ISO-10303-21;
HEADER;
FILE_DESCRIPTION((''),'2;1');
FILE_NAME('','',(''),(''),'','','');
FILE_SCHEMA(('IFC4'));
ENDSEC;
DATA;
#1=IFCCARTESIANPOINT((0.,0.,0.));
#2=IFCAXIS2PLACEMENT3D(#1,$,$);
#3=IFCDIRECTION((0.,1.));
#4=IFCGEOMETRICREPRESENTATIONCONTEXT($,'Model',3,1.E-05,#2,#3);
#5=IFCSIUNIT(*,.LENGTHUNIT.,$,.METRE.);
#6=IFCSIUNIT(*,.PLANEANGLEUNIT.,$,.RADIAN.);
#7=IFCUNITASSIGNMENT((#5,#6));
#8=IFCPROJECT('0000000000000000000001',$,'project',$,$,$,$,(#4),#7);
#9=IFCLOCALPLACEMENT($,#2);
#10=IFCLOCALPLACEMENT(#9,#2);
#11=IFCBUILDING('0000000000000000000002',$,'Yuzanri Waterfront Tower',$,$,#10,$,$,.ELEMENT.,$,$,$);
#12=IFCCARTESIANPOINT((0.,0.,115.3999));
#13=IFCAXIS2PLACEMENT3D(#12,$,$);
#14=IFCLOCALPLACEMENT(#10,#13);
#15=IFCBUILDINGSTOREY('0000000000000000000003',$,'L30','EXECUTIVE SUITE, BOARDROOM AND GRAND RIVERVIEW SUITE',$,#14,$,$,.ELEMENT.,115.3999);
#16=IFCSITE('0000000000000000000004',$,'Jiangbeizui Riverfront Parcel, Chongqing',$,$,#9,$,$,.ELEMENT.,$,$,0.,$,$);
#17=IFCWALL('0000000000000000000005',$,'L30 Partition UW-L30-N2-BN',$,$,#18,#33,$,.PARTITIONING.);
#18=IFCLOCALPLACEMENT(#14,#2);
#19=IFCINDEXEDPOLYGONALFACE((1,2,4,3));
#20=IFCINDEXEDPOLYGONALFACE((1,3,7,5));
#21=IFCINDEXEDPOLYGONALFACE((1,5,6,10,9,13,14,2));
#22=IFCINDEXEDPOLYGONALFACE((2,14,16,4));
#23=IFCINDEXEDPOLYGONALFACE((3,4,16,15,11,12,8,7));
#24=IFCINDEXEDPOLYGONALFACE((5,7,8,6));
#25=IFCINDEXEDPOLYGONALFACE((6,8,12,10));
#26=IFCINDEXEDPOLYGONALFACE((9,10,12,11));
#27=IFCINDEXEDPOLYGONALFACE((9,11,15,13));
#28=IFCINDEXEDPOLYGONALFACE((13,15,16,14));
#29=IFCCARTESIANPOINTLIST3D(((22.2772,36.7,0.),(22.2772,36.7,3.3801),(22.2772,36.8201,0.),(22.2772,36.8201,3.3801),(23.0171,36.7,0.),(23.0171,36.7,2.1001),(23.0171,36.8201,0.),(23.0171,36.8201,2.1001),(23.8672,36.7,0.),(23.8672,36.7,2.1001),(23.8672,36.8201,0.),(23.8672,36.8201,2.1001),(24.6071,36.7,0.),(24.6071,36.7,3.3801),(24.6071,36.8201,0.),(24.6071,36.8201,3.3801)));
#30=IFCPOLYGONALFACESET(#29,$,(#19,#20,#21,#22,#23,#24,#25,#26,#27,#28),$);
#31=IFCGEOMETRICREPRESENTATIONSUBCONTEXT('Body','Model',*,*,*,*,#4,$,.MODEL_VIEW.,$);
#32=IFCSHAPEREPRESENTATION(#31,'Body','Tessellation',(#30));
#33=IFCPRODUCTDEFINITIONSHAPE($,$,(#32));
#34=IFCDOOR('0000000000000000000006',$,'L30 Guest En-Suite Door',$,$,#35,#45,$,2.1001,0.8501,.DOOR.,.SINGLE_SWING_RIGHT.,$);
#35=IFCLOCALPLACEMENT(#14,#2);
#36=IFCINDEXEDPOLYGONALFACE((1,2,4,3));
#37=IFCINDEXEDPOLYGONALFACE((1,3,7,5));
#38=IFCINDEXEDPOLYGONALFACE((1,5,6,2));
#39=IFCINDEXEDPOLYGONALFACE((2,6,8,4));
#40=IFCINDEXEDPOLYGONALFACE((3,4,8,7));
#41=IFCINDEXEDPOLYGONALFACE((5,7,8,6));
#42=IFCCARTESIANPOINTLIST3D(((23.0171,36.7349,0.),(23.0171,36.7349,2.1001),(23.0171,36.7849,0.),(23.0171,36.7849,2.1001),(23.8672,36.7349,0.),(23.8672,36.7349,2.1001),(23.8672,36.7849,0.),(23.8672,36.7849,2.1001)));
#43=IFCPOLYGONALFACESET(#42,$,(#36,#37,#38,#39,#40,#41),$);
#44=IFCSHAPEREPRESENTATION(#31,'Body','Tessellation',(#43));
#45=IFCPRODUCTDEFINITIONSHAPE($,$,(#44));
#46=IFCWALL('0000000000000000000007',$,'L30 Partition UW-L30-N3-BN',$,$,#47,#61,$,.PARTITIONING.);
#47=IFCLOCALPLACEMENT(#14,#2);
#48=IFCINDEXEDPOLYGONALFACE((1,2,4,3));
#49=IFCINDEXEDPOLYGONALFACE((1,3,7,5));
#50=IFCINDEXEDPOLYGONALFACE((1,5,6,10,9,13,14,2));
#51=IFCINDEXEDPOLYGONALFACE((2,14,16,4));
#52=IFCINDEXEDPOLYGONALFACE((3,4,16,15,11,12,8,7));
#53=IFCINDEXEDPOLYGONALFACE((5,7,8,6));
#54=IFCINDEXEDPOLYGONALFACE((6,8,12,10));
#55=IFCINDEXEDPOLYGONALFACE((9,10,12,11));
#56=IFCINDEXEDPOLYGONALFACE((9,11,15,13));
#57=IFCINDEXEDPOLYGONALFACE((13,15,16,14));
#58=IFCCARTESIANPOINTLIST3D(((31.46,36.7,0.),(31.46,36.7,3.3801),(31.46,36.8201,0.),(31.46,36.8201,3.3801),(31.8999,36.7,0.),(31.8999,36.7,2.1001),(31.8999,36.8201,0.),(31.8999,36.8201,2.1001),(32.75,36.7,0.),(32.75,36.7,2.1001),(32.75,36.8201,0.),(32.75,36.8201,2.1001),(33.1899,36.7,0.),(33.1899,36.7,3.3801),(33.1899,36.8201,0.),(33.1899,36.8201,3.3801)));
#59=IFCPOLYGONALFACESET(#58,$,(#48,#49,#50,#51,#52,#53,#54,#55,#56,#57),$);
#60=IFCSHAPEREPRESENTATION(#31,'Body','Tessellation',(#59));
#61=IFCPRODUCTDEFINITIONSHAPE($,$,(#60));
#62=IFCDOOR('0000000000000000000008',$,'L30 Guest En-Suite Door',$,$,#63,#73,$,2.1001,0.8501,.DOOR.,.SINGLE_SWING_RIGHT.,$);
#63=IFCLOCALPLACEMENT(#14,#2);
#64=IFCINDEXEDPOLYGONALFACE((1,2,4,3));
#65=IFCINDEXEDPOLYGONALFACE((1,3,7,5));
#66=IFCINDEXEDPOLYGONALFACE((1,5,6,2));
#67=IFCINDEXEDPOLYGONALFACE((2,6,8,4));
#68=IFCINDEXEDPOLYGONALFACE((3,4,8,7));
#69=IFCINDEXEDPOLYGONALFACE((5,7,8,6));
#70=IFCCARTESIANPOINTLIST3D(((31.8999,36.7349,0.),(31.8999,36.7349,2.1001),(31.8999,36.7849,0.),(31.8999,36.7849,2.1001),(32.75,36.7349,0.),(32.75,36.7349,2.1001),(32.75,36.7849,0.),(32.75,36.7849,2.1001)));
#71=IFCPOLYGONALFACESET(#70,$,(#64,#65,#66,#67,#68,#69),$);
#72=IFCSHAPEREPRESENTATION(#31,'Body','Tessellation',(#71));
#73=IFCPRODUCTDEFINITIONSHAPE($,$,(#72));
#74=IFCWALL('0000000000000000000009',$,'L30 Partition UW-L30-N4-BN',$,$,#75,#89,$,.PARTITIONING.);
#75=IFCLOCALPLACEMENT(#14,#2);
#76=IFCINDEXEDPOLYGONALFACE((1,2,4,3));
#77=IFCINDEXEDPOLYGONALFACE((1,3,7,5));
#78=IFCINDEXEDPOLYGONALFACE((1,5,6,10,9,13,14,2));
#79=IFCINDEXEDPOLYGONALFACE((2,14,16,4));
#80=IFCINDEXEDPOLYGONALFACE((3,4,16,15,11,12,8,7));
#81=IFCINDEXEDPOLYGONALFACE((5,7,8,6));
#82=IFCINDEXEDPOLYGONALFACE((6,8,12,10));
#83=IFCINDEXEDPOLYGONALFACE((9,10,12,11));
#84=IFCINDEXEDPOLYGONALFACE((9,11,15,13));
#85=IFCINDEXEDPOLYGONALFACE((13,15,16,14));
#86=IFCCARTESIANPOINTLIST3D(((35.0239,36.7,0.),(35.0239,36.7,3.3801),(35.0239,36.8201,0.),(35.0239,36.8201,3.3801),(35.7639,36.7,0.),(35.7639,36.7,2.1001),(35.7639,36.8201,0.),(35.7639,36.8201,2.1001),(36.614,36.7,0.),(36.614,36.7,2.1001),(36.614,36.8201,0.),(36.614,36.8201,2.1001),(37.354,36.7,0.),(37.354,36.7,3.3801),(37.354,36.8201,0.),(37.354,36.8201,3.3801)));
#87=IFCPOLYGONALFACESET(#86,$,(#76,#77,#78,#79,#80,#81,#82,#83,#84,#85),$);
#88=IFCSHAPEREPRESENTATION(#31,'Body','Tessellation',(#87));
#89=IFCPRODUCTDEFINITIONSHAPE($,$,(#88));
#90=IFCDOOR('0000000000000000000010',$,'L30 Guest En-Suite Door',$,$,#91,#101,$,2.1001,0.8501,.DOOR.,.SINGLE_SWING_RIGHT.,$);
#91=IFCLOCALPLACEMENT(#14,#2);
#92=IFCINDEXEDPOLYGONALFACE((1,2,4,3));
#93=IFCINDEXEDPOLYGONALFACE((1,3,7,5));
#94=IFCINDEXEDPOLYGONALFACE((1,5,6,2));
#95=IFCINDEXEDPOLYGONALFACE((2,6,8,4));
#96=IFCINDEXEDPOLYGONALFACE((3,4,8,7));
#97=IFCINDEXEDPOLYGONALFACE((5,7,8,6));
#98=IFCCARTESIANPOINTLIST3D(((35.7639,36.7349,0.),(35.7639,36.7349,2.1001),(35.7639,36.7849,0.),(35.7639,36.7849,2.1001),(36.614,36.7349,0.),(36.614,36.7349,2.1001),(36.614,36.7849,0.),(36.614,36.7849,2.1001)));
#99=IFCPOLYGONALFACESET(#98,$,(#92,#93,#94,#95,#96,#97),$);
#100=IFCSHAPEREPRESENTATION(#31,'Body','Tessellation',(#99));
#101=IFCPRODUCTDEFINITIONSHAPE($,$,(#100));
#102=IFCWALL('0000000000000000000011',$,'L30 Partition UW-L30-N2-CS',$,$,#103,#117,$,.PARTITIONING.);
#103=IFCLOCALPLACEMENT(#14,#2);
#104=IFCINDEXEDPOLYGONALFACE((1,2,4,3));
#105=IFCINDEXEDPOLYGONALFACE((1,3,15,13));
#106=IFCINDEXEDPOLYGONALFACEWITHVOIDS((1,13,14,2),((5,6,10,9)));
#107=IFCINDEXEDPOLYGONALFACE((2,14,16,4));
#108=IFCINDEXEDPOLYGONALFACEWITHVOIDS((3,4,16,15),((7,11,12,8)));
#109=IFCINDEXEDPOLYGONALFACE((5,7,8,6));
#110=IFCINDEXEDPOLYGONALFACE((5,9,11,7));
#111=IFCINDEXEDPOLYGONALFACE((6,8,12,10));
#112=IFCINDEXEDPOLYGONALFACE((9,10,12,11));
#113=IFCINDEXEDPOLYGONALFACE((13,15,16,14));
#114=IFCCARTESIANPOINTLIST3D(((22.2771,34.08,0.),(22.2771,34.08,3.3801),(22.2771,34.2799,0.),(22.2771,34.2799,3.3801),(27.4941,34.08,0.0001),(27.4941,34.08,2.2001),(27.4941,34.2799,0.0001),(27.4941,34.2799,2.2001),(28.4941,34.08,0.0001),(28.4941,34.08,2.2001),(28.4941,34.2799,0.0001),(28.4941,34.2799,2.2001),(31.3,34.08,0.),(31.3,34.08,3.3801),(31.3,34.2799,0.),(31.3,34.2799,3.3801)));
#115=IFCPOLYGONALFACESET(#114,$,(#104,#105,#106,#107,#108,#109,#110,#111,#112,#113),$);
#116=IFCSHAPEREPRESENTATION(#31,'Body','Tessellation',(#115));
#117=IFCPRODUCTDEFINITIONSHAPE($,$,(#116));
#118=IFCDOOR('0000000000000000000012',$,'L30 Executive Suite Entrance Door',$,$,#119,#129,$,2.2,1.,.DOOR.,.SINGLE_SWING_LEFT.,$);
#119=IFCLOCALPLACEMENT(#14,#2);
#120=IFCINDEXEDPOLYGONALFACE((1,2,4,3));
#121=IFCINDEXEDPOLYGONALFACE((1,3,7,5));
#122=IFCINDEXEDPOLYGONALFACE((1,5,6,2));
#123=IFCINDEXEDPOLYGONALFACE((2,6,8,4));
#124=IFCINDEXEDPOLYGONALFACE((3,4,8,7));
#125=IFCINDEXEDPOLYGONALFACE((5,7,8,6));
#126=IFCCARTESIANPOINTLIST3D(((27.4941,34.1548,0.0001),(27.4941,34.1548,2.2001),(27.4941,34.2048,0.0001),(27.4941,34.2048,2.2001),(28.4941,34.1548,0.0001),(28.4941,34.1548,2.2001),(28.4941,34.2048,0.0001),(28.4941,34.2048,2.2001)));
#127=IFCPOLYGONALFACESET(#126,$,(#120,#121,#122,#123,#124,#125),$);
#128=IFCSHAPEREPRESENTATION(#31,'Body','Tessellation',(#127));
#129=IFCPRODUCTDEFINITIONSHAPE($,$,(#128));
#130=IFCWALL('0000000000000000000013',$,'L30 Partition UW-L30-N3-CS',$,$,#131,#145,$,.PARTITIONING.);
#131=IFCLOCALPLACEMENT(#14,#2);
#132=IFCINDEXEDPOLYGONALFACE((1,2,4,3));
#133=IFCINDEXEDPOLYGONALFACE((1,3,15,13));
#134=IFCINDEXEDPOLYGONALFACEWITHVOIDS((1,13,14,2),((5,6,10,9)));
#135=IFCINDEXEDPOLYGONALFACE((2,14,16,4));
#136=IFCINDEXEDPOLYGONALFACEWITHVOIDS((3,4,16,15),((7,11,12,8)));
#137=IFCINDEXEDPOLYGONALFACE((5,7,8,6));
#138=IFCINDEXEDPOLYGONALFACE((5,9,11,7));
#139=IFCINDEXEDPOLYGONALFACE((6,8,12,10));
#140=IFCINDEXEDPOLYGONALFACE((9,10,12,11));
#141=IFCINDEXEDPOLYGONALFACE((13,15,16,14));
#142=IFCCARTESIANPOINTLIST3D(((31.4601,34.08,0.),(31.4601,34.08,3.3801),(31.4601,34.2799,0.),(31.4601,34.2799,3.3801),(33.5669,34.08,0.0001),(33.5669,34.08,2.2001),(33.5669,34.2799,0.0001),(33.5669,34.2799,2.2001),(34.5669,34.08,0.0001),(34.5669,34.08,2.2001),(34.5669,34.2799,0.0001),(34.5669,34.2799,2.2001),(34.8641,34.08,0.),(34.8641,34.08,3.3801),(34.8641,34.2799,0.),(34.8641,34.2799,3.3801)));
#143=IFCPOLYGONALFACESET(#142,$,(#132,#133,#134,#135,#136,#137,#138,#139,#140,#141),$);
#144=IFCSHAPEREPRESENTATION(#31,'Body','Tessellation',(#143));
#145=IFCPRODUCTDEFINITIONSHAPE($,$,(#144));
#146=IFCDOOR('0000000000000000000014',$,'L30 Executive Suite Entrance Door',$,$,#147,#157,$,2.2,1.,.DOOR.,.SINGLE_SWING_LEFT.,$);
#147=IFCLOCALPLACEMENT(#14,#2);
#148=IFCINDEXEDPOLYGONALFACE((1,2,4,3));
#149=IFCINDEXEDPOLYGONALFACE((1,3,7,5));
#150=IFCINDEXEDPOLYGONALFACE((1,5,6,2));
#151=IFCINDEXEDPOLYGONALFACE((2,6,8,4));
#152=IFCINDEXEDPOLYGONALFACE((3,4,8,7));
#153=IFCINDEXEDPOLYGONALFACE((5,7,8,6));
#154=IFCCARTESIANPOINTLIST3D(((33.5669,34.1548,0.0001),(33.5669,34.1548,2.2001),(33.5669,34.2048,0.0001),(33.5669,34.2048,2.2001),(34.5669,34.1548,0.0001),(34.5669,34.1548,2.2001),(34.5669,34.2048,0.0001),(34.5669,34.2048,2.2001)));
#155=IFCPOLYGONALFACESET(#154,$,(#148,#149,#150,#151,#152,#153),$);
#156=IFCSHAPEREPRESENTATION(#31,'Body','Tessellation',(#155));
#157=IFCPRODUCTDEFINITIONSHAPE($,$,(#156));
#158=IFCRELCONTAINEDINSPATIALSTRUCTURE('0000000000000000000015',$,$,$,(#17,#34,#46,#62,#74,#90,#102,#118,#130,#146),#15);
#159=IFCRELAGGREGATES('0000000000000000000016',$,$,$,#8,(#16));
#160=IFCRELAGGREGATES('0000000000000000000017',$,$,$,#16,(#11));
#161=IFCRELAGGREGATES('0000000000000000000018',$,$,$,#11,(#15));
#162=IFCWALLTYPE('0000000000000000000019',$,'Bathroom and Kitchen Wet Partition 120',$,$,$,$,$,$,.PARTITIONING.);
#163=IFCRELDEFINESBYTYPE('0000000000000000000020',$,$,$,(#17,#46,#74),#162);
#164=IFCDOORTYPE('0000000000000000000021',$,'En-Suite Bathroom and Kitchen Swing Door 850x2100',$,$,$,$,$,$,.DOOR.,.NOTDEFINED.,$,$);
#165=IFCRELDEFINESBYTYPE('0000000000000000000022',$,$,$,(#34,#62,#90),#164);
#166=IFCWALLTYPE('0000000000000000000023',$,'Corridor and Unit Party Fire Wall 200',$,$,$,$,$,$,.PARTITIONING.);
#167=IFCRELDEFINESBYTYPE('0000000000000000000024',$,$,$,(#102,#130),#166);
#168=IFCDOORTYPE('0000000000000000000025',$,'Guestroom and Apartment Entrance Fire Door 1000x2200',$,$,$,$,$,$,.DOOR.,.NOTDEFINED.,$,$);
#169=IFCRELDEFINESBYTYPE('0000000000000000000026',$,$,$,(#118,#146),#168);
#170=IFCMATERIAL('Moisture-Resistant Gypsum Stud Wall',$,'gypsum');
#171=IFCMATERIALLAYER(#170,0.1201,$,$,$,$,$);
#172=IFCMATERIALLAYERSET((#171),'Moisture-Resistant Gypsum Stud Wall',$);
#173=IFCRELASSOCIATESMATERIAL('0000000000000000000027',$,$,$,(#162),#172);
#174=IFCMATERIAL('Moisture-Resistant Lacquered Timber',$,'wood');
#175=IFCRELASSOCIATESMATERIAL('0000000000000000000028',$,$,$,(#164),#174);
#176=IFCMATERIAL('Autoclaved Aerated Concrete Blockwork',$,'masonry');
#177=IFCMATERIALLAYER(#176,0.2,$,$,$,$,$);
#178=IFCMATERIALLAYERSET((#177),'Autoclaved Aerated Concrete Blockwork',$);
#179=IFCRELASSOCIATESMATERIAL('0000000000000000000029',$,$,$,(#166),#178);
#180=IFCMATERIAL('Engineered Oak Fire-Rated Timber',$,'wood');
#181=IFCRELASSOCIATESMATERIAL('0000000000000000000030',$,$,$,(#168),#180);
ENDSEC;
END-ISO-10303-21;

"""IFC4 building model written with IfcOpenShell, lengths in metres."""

from ifc_helpers import new_model, si_unit, direction, frame, frame_2d, origin, place, context, subcontext, project, spatial, rectangle, extrude, source, transform, mapped, material, layer, layer_set, type_object, element, fill, save


model = new_model("IFC4")

# Units and contexts
model_context = context("Model", 3, precision=1e-05, world=origin(), true_north=direction((0.0, 1.0)))
body_context = subcontext(model_context, "Body", "Model", "MODEL_VIEW")
ifc_project = project(units=[si_unit("LENGTHUNIT", "METRE"), si_unit("PLANEANGLEUNIT", "RADIAN")], contexts=[model_context])

# Site, building, storey
site_placement = place(None, origin())
site = spatial("IfcSite", under=ifc_project, at=site_placement, Name="Jiangbeizui Riverfront Parcel, Chongqing", CompositionType="ELEMENT", RefElevation=0.0)
building_placement = place(site_placement, origin())
building = spatial("IfcBuilding", under=site, at=building_placement, Name="Yuzanri Waterfront Tower", CompositionType="ELEMENT")
storey_placement = place(building_placement, frame((0.0, 0.0, 115.3999)))
storey = spatial("IfcBuildingStorey", under=building, at=storey_placement, Name="L30", Description="EXECUTIVE SUITE, BOARDROOM AND GRAND RIVERVIEW SUITE", CompositionType="ELEMENT", Elevation=115.3999)

# Walls, openings, doors
ifc_material_1 = material(Name="Moisture-Resistant Gypsum Stud Wall", Category="gypsum")
ifc_layer_1 = layer(ifc_material_1, 0.1201)
ifc_layer_set_1 = layer_set([ifc_layer_1], Name="Moisture-Resistant Gypsum Stud Wall")
wall_type_1 = type_object("IfcWallType", Name="Bathroom and Kitchen Wet Partition 120", PredefinedType="PARTITIONING", material=ifc_layer_set_1)
wall_1_placement = place(storey_placement, frame((22.2771, 36.76, 0.0), z_axis=(0.0, 0.0, 1.0), x_axis=(1.0, 0.0, 0.0)))
wall_1 = element("IfcWall", 1, at=wall_1_placement, inside=storey, type_object=wall_type_1, Name="L30 Partition UW-L30-N2-BN", PredefinedType="PARTITIONING", context=body_context, shape_type="SweptSolid", body=[
    extrude(rectangle(XDim=2.3298, YDim=0.1201, at=frame_2d((1.165, 0.0))), origin(), (0.0, 0.0, 1.0), 3.3801),
])
opening_1_placement = place(wall_1_placement, frame((0.74, 0.0, 0.0)))
opening_1 = element("IfcOpeningElement", 2, at=opening_1_placement, cuts=wall_1, PredefinedType="OPENING", context=body_context, shape_type="SweptSolid", body=[
    extrude(rectangle(XDim=0.8501, YDim=2.1001, at=frame_2d((0.425, 1.05))), frame((0.0, 0.075, 0.0), z_axis=(0.0, -1.0, 0.0), x_axis=(1.0, 0.0, 0.0)), (0.0, 0.0, 1.0), 0.1499),
])
ifc_material_2 = material(Name="Moisture-Resistant Lacquered Timber", Category="wood")
door_type_1 = type_object("IfcDoorType", Name="En-Suite Bathroom and Kitchen Swing Door 850x2100", OperationType="NOTDEFINED", PredefinedType="DOOR", material=ifc_material_2)
shared_shape_1 = source(origin(), body_context, "Body", "SweptSolid", [
    extrude(rectangle(XDim=0.8501, YDim=2.1001, at=frame_2d((0.425, 1.05))), frame((0.0, 0.0249, 0.0), z_axis=(0.0, -1.0, 0.0), x_axis=(1.0, 0.0, 0.0)), (0.0, 0.0, 1.0), 0.05),
])
door_1_placement = place(opening_1_placement, origin())
door_1 = element("IfcDoor", 3, at=door_1_placement, inside=storey, type_object=door_type_1, Name="L30 Guest En-Suite Door", OperationType="SINGLE_SWING_RIGHT", OverallHeight=2.1001, OverallWidth=0.8501, PredefinedType="DOOR", context=body_context, shape_type="MappedRepresentation", body=[
    mapped(shared_shape_1, transform((0.0, 0.0, 0.0), scale=1.0)),
])
fill(opening_1, door_1)
wall_2_placement = place(storey_placement, frame((31.46, 36.76, 0.0), z_axis=(0.0, 0.0, 1.0), x_axis=(1.0, 0.0, 0.0)))
wall_2 = element("IfcWall", 4, at=wall_2_placement, inside=storey, type_object=wall_type_1, Name="L30 Partition UW-L30-N3-BN", PredefinedType="PARTITIONING", context=body_context, shape_type="SweptSolid", body=[
    extrude(rectangle(XDim=1.73, YDim=0.1201, at=frame_2d((0.865, 0.0))), origin(), (0.0, 0.0, 1.0), 3.3801),
])
opening_2_placement = place(wall_2_placement, frame((0.4399, 0.0, 0.0)))
opening_2 = element("IfcOpeningElement", 5, at=opening_2_placement, cuts=wall_2, PredefinedType="OPENING", context=body_context, shape_type="SweptSolid", body=[
    extrude(rectangle(XDim=0.8501, YDim=2.1001, at=frame_2d((0.425, 1.05))), frame((0.0, 0.075, 0.0), z_axis=(0.0, -1.0, 0.0), x_axis=(1.0, 0.0, 0.0)), (0.0, 0.0, 1.0), 0.1499),
])
door_2_placement = place(opening_2_placement, origin())
door_2 = element("IfcDoor", 6, at=door_2_placement, inside=storey, type_object=door_type_1, Name="L30 Guest En-Suite Door", OperationType="SINGLE_SWING_RIGHT", OverallHeight=2.1001, OverallWidth=0.8501, PredefinedType="DOOR", context=body_context, shape_type="MappedRepresentation", body=[
    mapped(shared_shape_1, transform((0.0, 0.0, 0.0), scale=1.0)),
])
fill(opening_2, door_2)
wall_3_placement = place(storey_placement, frame((35.0239, 36.76, 0.0), z_axis=(0.0, 0.0, 1.0), x_axis=(1.0, 0.0, 0.0)))
wall_3 = element("IfcWall", 7, at=wall_3_placement, inside=storey, type_object=wall_type_1, Name="L30 Partition UW-L30-N4-BN", PredefinedType="PARTITIONING", context=body_context, shape_type="SweptSolid", body=[
    extrude(rectangle(XDim=2.3301, YDim=0.1201, at=frame_2d((1.165, 0.0))), origin(), (0.0, 0.0, 1.0), 3.3801),
])
opening_3_placement = place(wall_3_placement, frame((0.74, 0.0, 0.0)))
opening_3 = element("IfcOpeningElement", 8, at=opening_3_placement, cuts=wall_3, PredefinedType="OPENING", context=body_context, shape_type="SweptSolid", body=[
    extrude(rectangle(XDim=0.8501, YDim=2.1001, at=frame_2d((0.425, 1.05))), frame((0.0, 0.075, 0.0), z_axis=(0.0, -1.0, 0.0), x_axis=(1.0, 0.0, 0.0)), (0.0, 0.0, 1.0), 0.1499),
])
door_3_placement = place(opening_3_placement, origin())
door_3 = element("IfcDoor", 9, at=door_3_placement, inside=storey, type_object=door_type_1, Name="L30 Guest En-Suite Door", OperationType="SINGLE_SWING_RIGHT", OverallHeight=2.1001, OverallWidth=0.8501, PredefinedType="DOOR", context=body_context, shape_type="MappedRepresentation", body=[
    mapped(shared_shape_1, transform((0.0, 0.0, 0.0), scale=1.0)),
])
fill(opening_3, door_3)
ifc_material_3 = material(Name="Autoclaved Aerated Concrete Blockwork", Category="masonry")
ifc_layer_2 = layer(ifc_material_3, 0.2)
ifc_layer_set_2 = layer_set([ifc_layer_2], Name="Autoclaved Aerated Concrete Blockwork")
wall_type_2 = type_object("IfcWallType", Name="Corridor and Unit Party Fire Wall 200", PredefinedType="PARTITIONING", material=ifc_layer_set_2)
wall_4_placement = place(storey_placement, frame((22.2771, 34.1799, 0.0), z_axis=(0.0, 0.0, 1.0), x_axis=(1.0, 0.0, 0.0)))
wall_4 = element("IfcWall", 10, at=wall_4_placement, inside=storey, type_object=wall_type_2, Name="L30 Partition UW-L30-N2-CS", PredefinedType="PARTITIONING", context=body_context, shape_type="SweptSolid", body=[
    extrude(rectangle(XDim=9.0229, YDim=0.2, at=frame_2d((4.5115, 0.0))), origin(), (0.0, 0.0, 1.0), 3.3801),
])
opening_4_placement = place(wall_4_placement, frame((5.217, 0.0, 0.0)))
opening_4 = element("IfcOpeningElement", 11, at=opening_4_placement, cuts=wall_4, PredefinedType="OPENING", context=body_context, shape_type="SweptSolid", body=[
    extrude(rectangle(XDim=1.0, YDim=2.2, at=frame_2d((0.5, 1.1001))), frame((0.0, 0.1147, 0.0), z_axis=(0.0, -1.0, 0.0), x_axis=(1.0, 0.0, 0.0)), (0.0, 0.0, 1.0), 0.2297),
])
ifc_material_4 = material(Name="Engineered Oak Fire-Rated Timber", Category="wood")
door_type_2 = type_object("IfcDoorType", Name="Guestroom and Apartment Entrance Fire Door 1000x2200", OperationType="NOTDEFINED", PredefinedType="DOOR", material=ifc_material_4)
shared_shape_2 = source(origin(), body_context, "Body", "SweptSolid", [
    extrude(rectangle(XDim=1.0, YDim=2.2, at=frame_2d((0.5, 1.1001))), frame((0.0, 0.0249, 0.0), z_axis=(0.0, -1.0, 0.0), x_axis=(1.0, 0.0, 0.0)), (0.0, 0.0, 1.0), 0.05),
])
door_4_placement = place(opening_4_placement, origin())
door_4 = element("IfcDoor", 12, at=door_4_placement, inside=storey, type_object=door_type_2, Name="L30 Executive Suite Entrance Door", OperationType="SINGLE_SWING_LEFT", OverallHeight=2.2, OverallWidth=1.0, PredefinedType="DOOR", context=body_context, shape_type="MappedRepresentation", body=[
    mapped(shared_shape_2, transform((0.0, 0.0, 0.0), scale=1.0)),
])
fill(opening_4, door_4)
wall_5_placement = place(storey_placement, frame((31.46, 34.1799, 0.0), z_axis=(0.0, 0.0, 1.0), x_axis=(1.0, 0.0, 0.0)))
wall_5 = element("IfcWall", 13, at=wall_5_placement, inside=storey, type_object=wall_type_2, Name="L30 Partition UW-L30-N3-CS", PredefinedType="PARTITIONING", context=body_context, shape_type="SweptSolid", body=[
    extrude(rectangle(XDim=3.4041, YDim=0.2, at=frame_2d((1.7021, 0.0))), origin(), (0.0, 0.0, 1.0), 3.3801),
])
opening_5_placement = place(wall_5_placement, frame((2.1069, 0.0, 0.0)))
opening_5 = element("IfcOpeningElement", 14, at=opening_5_placement, cuts=wall_5, PredefinedType="OPENING", context=body_context, shape_type="SweptSolid", body=[
    extrude(rectangle(XDim=1.0, YDim=2.2, at=frame_2d((0.5, 1.1001))), frame((0.0, 0.1147, 0.0), z_axis=(0.0, -1.0, 0.0), x_axis=(1.0, 0.0, 0.0)), (0.0, 0.0, 1.0), 0.2297),
])
door_5_placement = place(opening_5_placement, origin())
door_5 = element("IfcDoor", 15, at=door_5_placement, inside=storey, type_object=door_type_2, Name="L30 Executive Suite Entrance Door", OperationType="SINGLE_SWING_LEFT", OverallHeight=2.2, OverallWidth=1.0, PredefinedType="DOOR", context=body_context, shape_type="MappedRepresentation", body=[
    mapped(shared_shape_2, transform((0.0, 0.0, 0.0), scale=1.0)),
])
fill(opening_5, door_5)

save(model, "model.ifc")
